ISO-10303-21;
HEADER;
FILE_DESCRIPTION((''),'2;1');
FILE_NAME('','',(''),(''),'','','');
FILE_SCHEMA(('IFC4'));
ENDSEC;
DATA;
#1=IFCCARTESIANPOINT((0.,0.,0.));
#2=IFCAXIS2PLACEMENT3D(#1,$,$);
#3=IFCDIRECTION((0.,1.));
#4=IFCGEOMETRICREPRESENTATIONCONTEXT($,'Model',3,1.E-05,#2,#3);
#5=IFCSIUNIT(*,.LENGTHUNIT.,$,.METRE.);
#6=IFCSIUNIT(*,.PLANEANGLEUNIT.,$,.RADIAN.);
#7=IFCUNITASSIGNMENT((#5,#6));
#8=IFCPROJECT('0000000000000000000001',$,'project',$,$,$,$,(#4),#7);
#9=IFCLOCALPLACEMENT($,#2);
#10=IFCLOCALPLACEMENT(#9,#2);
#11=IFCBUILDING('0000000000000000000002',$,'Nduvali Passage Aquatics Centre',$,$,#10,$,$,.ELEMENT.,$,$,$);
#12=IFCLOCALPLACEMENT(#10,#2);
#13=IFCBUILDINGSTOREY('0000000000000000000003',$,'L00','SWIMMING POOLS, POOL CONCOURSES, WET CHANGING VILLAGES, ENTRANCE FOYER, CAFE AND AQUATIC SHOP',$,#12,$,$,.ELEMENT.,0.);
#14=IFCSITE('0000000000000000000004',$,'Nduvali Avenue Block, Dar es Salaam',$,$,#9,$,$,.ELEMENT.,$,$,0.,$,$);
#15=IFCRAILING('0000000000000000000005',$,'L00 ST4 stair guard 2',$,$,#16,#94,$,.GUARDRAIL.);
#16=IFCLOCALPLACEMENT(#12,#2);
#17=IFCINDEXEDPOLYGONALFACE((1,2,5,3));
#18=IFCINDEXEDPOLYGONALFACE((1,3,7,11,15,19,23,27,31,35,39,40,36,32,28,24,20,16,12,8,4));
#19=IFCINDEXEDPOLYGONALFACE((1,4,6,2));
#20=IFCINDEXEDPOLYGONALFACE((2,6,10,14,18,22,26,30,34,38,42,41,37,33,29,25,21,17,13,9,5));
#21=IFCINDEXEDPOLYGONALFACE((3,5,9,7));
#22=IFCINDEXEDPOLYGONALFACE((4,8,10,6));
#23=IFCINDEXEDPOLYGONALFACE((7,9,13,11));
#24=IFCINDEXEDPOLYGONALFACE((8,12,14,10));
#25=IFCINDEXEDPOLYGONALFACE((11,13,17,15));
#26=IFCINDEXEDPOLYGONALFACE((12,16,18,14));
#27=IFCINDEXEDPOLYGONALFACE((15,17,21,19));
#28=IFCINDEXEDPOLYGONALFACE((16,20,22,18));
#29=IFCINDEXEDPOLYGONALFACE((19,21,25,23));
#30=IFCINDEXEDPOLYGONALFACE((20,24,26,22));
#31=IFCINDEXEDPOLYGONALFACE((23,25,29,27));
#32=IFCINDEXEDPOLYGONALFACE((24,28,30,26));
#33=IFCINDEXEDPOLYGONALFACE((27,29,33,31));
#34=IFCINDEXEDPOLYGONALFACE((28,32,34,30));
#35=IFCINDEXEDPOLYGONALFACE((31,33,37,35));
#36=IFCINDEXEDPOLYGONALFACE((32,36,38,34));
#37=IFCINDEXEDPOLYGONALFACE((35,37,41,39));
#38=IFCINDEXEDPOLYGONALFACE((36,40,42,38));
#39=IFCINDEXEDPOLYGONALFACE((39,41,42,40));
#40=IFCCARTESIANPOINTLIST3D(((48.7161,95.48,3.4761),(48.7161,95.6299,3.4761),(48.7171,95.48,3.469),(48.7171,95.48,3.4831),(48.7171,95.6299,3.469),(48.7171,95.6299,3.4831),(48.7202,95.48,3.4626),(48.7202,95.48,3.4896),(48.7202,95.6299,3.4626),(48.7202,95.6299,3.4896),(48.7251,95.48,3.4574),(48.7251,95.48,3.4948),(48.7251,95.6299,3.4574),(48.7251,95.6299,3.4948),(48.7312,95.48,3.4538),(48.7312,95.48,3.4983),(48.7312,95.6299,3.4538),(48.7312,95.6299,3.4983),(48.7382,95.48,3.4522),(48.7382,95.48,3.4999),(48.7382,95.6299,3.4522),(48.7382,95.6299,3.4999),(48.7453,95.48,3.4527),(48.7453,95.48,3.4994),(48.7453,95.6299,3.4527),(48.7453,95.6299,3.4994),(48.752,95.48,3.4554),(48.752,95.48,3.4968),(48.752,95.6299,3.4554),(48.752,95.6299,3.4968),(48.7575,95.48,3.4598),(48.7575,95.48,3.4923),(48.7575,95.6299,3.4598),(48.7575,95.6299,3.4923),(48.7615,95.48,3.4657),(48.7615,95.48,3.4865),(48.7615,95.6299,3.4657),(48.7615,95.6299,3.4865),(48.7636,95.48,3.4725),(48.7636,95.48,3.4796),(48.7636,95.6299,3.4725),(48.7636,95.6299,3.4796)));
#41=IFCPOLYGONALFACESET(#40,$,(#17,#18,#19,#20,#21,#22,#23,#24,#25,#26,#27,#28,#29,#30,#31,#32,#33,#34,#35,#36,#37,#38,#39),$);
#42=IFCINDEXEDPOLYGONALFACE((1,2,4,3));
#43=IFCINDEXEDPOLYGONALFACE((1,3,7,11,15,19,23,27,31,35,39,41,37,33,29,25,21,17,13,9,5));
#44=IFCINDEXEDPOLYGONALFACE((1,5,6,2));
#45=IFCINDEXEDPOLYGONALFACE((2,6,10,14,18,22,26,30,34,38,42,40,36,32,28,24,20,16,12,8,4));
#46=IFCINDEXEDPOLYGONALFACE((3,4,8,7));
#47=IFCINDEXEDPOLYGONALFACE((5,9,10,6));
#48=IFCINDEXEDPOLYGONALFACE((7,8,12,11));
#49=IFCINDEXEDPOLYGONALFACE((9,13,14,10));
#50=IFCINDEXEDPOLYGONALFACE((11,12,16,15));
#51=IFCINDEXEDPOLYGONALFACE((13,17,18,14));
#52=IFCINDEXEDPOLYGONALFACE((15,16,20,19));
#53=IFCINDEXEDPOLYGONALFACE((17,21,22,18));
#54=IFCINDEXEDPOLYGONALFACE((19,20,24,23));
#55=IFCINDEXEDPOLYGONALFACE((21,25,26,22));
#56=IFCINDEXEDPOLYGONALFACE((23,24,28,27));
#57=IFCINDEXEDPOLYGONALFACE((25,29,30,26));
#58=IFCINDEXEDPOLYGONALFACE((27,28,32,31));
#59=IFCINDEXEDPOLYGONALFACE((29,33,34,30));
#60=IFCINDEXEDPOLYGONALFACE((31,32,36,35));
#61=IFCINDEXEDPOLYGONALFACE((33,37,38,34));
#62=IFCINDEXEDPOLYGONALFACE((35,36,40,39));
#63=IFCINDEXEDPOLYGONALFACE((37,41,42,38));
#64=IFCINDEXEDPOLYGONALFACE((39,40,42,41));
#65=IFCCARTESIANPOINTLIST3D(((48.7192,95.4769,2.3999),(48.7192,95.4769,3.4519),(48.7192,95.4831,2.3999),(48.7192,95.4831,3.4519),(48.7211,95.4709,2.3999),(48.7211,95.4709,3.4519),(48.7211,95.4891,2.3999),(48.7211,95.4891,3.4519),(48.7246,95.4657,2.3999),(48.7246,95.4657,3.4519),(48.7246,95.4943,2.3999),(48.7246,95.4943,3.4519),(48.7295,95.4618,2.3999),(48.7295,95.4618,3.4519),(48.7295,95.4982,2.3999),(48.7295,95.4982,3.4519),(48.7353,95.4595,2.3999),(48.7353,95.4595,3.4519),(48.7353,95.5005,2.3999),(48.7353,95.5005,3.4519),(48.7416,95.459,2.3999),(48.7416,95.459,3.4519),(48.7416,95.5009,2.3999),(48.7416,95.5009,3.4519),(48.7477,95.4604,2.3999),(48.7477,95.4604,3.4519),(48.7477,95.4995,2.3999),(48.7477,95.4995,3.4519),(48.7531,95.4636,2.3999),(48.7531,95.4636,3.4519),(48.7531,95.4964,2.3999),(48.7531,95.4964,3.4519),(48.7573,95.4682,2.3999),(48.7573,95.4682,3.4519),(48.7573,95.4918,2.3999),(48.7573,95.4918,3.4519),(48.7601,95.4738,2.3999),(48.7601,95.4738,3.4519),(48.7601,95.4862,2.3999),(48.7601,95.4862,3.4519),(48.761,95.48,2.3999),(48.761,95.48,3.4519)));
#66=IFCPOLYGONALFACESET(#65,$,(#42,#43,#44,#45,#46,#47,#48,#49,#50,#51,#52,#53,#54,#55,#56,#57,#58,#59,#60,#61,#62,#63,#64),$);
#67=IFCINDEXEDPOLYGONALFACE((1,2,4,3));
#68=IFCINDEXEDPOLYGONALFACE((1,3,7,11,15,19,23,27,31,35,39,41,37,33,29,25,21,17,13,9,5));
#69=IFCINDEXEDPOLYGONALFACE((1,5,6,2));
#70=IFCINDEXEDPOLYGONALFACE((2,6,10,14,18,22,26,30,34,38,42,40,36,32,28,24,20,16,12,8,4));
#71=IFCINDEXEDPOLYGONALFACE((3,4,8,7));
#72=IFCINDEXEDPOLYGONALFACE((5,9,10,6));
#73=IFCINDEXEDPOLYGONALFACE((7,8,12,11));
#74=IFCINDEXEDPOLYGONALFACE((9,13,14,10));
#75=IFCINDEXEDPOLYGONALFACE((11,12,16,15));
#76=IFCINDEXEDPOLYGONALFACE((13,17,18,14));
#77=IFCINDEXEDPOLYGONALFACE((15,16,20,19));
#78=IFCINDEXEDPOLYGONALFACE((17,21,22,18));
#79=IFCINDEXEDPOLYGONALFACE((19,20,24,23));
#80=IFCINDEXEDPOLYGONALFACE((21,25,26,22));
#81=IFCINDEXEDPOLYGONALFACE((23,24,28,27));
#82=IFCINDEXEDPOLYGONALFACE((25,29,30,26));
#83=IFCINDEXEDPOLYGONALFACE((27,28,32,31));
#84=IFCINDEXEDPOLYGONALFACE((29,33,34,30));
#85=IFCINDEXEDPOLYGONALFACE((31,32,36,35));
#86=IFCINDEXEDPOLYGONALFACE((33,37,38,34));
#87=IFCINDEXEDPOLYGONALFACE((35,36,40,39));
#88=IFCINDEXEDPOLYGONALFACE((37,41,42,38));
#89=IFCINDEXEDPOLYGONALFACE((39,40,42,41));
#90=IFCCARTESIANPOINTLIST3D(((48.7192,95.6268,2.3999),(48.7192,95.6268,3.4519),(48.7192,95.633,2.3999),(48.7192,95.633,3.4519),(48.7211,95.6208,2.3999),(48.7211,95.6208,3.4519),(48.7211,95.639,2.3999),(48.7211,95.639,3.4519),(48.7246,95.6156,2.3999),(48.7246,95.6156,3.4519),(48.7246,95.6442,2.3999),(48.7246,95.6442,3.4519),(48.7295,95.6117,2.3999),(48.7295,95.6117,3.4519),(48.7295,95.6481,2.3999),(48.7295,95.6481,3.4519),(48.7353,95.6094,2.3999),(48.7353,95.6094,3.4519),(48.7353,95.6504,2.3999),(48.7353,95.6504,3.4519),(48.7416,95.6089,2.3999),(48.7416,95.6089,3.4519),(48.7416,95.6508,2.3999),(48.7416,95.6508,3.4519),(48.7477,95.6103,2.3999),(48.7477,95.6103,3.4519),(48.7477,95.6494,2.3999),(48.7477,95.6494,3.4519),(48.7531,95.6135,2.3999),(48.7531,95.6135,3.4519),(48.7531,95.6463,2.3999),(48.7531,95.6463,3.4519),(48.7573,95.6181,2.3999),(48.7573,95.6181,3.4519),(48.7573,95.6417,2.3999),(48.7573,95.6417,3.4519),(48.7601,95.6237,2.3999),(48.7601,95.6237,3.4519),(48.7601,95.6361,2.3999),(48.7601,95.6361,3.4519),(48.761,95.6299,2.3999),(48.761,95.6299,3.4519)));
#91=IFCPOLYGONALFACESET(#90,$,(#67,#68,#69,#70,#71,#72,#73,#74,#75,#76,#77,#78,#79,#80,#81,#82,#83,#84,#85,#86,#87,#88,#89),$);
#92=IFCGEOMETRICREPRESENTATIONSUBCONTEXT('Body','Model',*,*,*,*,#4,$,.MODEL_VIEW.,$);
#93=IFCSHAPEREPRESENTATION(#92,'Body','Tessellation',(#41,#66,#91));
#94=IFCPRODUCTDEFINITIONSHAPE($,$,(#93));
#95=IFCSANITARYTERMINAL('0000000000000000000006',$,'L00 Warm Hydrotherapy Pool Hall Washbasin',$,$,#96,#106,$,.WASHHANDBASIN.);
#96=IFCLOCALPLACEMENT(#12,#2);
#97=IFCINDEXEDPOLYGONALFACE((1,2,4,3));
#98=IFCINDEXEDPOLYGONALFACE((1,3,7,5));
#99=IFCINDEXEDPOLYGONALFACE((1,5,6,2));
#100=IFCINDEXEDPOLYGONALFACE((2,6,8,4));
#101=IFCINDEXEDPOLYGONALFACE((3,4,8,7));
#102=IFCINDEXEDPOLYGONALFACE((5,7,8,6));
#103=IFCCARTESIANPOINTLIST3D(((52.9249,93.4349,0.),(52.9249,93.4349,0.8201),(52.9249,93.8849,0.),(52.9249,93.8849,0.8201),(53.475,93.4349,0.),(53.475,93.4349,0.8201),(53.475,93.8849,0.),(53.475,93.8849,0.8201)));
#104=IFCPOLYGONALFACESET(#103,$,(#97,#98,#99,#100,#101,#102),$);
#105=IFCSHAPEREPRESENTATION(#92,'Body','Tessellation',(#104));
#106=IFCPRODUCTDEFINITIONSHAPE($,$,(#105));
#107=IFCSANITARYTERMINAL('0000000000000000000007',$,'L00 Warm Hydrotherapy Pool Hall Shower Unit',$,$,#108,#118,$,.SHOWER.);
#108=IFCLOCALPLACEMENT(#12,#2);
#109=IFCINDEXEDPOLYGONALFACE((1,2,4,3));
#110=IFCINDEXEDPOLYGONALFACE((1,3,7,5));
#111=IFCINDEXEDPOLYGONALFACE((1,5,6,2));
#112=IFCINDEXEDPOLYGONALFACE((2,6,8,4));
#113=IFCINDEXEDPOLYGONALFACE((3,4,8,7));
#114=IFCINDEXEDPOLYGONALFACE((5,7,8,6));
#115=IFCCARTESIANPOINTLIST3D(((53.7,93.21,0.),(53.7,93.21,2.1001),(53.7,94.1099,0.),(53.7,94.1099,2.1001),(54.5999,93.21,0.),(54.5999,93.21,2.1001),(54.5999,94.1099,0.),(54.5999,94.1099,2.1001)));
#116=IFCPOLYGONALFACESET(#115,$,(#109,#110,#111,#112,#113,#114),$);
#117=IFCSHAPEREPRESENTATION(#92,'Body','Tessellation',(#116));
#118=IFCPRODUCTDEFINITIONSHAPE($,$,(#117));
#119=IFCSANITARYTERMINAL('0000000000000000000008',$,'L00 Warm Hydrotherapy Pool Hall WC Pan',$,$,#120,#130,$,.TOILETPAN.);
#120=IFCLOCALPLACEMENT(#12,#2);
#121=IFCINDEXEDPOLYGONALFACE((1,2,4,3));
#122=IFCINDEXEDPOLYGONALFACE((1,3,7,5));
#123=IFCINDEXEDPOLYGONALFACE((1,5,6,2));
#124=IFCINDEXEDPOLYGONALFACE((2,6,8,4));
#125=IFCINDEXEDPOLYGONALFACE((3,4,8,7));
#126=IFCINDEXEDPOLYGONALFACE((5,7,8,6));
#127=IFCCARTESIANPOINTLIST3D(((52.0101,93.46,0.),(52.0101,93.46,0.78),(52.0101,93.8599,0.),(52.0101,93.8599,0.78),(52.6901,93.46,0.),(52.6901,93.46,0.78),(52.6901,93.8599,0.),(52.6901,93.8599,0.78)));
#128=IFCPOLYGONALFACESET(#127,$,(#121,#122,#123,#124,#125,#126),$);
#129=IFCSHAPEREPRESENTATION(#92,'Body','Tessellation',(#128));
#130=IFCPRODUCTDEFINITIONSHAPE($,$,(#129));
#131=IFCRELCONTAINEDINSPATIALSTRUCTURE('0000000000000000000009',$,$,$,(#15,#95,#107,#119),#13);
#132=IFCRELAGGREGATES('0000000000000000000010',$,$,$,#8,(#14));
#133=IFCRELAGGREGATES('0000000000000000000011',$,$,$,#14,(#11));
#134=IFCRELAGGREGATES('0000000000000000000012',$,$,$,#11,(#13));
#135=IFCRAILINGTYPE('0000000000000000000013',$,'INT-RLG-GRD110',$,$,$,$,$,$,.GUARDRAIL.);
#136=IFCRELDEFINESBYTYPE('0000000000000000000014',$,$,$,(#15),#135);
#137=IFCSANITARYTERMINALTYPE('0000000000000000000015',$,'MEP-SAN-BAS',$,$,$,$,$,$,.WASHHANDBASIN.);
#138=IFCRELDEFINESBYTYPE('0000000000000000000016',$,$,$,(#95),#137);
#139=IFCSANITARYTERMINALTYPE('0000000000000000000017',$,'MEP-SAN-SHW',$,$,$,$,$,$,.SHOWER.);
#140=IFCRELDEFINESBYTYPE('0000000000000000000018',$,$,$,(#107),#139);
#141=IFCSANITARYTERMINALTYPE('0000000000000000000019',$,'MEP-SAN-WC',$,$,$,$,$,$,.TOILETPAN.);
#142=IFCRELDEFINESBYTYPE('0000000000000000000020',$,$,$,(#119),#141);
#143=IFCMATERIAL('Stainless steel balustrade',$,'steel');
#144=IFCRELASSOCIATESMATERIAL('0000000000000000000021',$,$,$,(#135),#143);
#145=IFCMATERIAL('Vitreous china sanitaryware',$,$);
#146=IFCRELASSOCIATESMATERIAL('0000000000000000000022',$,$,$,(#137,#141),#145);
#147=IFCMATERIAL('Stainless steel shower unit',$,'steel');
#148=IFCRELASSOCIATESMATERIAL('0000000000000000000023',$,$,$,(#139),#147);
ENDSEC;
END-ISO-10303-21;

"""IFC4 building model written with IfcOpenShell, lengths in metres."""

from ifc_helpers import new_model, si_unit, direction, frame, origin, origin_2d, place, context, subcontext, project, spatial, rectangle, circle, extrude, material, type_object, element, save


model = new_model("IFC4")

# Units and contexts
model_context = context("Model", 3, precision=1e-05, world=origin(), true_north=direction((0.0, 1.0)))
body_context = subcontext(model_context, "Body", "Model", "MODEL_VIEW")
ifc_project = project(units=[si_unit("LENGTHUNIT", "METRE"), si_unit("PLANEANGLEUNIT", "RADIAN")], contexts=[model_context])

# Site, building, storey
site_placement = place(None, origin())
site = spatial("IfcSite", under=ifc_project, at=site_placement, Name="Nduvali Avenue Block, Dar es Salaam", CompositionType="ELEMENT", RefElevation=0.0)
building_placement = place(site_placement, origin())
building = spatial("IfcBuilding", under=site, at=building_placement, Name="Nduvali Passage Aquatics Centre", CompositionType="ELEMENT")
storey_placement = place(building_placement, origin())
storey = spatial("IfcBuildingStorey", under=building, at=storey_placement, Name="L00", Description="SWIMMING POOLS, POOL CONCOURSES, WET CHANGING VILLAGES, ENTRANCE FOYER, CAFE AND AQUATIC SHOP", CompositionType="ELEMENT", Elevation=0.0)

# Railing
ifc_material_1 = material(Name="Stainless steel balustrade", Category="steel")
railing_type = type_object("IfcRailingType", Name="INT-RLG-GRD110", PredefinedType="GUARDRAIL", material=ifc_material_1)
railing_placement = place(storey_placement, frame((48.74, 95.48, 2.3999)))
element("IfcRailing", 1, at=railing_placement, inside=storey, type_object=railing_type, Name="L00 ST4 stair guard 2", PredefinedType="GUARDRAIL", context=body_context, shape_type="SweptSolid", body=[
    extrude(circle(Radius=0.0239, at=origin_2d()), frame((0.0, 0.0, 1.0762), z_axis=(0.0, 1.0, 0.0), x_axis=(-1.0, 0.0, 0.0)), (0.0, 0.0, 1.0), 0.1499),
    extrude(circle(Radius=0.021, at=origin_2d()), origin(), (0.0, 0.0, 1.0), 1.052),
    extrude(circle(Radius=0.021, at=origin_2d()), frame((0.0, 0.1499, 0.0)), (0.0, 0.0, 1.0), 1.052),
])

# Sanitary terminals
ifc_material_2 = material(Name="Vitreous china sanitaryware")
sanitary_terminal_type_1 = type_object("IfcSanitaryTerminalType", Name="MEP-SAN-BAS", PredefinedType="WASHHANDBASIN", material=ifc_material_2)
sanitary_terminal_1_placement = place(storey_placement, frame((53.2, 93.6599, 0.0), z_axis=(0.0, 0.0, 1.0), x_axis=(1.0, 0.0, 0.0)))
element("IfcSanitaryTerminal", 2, at=sanitary_terminal_1_placement, inside=storey, type_object=sanitary_terminal_type_1, Name="L00 Warm Hydrotherapy Pool Hall Washbasin", PredefinedType="WASHHANDBASIN", context=body_context, shape_type="SweptSolid", body=[
    extrude(rectangle(XDim=0.55, YDim=0.45, at=origin_2d()), origin(), (0.0, 0.0, 1.0), 0.8201),
])
ifc_material_3 = material(Name="Stainless steel shower unit", Category="steel")
sanitary_terminal_type_2 = type_object("IfcSanitaryTerminalType", Name="MEP-SAN-SHW", PredefinedType="SHOWER", material=ifc_material_3)
sanitary_terminal_2_placement = place(storey_placement, frame((54.1499, 93.6599, 0.0), z_axis=(0.0, 0.0, 1.0), x_axis=(1.0, 0.0, 0.0)))
element("IfcSanitaryTerminal", 3, at=sanitary_terminal_2_placement, inside=storey, type_object=sanitary_terminal_type_2, Name="L00 Warm Hydrotherapy Pool Hall Shower Unit", PredefinedType="SHOWER", context=body_context, shape_type="SweptSolid", body=[
    extrude(rectangle(XDim=0.8999, YDim=0.8999, at=origin_2d()), origin(), (0.0, 0.0, 1.0), 2.1001),
])
sanitary_terminal_type_3 = type_object("IfcSanitaryTerminalType", Name="MEP-SAN-WC", PredefinedType="TOILETPAN", material=ifc_material_2)
sanitary_terminal_3_placement = place(storey_placement, frame((52.3501, 93.6599, 0.0), z_axis=(0.0, 0.0, 1.0), x_axis=(1.0, 0.0, 0.0)))
element("IfcSanitaryTerminal", 4, at=sanitary_terminal_3_placement, inside=storey, type_object=sanitary_terminal_type_3, Name="L00 Warm Hydrotherapy Pool Hall WC Pan", PredefinedType="TOILETPAN", context=body_context, shape_type="SweptSolid", body=[
    extrude(rectangle(XDim=0.6799, YDim=0.3999, at=origin_2d()), origin(), (0.0, 0.0, 1.0), 0.78),
])

save(model, "model.ifc")
